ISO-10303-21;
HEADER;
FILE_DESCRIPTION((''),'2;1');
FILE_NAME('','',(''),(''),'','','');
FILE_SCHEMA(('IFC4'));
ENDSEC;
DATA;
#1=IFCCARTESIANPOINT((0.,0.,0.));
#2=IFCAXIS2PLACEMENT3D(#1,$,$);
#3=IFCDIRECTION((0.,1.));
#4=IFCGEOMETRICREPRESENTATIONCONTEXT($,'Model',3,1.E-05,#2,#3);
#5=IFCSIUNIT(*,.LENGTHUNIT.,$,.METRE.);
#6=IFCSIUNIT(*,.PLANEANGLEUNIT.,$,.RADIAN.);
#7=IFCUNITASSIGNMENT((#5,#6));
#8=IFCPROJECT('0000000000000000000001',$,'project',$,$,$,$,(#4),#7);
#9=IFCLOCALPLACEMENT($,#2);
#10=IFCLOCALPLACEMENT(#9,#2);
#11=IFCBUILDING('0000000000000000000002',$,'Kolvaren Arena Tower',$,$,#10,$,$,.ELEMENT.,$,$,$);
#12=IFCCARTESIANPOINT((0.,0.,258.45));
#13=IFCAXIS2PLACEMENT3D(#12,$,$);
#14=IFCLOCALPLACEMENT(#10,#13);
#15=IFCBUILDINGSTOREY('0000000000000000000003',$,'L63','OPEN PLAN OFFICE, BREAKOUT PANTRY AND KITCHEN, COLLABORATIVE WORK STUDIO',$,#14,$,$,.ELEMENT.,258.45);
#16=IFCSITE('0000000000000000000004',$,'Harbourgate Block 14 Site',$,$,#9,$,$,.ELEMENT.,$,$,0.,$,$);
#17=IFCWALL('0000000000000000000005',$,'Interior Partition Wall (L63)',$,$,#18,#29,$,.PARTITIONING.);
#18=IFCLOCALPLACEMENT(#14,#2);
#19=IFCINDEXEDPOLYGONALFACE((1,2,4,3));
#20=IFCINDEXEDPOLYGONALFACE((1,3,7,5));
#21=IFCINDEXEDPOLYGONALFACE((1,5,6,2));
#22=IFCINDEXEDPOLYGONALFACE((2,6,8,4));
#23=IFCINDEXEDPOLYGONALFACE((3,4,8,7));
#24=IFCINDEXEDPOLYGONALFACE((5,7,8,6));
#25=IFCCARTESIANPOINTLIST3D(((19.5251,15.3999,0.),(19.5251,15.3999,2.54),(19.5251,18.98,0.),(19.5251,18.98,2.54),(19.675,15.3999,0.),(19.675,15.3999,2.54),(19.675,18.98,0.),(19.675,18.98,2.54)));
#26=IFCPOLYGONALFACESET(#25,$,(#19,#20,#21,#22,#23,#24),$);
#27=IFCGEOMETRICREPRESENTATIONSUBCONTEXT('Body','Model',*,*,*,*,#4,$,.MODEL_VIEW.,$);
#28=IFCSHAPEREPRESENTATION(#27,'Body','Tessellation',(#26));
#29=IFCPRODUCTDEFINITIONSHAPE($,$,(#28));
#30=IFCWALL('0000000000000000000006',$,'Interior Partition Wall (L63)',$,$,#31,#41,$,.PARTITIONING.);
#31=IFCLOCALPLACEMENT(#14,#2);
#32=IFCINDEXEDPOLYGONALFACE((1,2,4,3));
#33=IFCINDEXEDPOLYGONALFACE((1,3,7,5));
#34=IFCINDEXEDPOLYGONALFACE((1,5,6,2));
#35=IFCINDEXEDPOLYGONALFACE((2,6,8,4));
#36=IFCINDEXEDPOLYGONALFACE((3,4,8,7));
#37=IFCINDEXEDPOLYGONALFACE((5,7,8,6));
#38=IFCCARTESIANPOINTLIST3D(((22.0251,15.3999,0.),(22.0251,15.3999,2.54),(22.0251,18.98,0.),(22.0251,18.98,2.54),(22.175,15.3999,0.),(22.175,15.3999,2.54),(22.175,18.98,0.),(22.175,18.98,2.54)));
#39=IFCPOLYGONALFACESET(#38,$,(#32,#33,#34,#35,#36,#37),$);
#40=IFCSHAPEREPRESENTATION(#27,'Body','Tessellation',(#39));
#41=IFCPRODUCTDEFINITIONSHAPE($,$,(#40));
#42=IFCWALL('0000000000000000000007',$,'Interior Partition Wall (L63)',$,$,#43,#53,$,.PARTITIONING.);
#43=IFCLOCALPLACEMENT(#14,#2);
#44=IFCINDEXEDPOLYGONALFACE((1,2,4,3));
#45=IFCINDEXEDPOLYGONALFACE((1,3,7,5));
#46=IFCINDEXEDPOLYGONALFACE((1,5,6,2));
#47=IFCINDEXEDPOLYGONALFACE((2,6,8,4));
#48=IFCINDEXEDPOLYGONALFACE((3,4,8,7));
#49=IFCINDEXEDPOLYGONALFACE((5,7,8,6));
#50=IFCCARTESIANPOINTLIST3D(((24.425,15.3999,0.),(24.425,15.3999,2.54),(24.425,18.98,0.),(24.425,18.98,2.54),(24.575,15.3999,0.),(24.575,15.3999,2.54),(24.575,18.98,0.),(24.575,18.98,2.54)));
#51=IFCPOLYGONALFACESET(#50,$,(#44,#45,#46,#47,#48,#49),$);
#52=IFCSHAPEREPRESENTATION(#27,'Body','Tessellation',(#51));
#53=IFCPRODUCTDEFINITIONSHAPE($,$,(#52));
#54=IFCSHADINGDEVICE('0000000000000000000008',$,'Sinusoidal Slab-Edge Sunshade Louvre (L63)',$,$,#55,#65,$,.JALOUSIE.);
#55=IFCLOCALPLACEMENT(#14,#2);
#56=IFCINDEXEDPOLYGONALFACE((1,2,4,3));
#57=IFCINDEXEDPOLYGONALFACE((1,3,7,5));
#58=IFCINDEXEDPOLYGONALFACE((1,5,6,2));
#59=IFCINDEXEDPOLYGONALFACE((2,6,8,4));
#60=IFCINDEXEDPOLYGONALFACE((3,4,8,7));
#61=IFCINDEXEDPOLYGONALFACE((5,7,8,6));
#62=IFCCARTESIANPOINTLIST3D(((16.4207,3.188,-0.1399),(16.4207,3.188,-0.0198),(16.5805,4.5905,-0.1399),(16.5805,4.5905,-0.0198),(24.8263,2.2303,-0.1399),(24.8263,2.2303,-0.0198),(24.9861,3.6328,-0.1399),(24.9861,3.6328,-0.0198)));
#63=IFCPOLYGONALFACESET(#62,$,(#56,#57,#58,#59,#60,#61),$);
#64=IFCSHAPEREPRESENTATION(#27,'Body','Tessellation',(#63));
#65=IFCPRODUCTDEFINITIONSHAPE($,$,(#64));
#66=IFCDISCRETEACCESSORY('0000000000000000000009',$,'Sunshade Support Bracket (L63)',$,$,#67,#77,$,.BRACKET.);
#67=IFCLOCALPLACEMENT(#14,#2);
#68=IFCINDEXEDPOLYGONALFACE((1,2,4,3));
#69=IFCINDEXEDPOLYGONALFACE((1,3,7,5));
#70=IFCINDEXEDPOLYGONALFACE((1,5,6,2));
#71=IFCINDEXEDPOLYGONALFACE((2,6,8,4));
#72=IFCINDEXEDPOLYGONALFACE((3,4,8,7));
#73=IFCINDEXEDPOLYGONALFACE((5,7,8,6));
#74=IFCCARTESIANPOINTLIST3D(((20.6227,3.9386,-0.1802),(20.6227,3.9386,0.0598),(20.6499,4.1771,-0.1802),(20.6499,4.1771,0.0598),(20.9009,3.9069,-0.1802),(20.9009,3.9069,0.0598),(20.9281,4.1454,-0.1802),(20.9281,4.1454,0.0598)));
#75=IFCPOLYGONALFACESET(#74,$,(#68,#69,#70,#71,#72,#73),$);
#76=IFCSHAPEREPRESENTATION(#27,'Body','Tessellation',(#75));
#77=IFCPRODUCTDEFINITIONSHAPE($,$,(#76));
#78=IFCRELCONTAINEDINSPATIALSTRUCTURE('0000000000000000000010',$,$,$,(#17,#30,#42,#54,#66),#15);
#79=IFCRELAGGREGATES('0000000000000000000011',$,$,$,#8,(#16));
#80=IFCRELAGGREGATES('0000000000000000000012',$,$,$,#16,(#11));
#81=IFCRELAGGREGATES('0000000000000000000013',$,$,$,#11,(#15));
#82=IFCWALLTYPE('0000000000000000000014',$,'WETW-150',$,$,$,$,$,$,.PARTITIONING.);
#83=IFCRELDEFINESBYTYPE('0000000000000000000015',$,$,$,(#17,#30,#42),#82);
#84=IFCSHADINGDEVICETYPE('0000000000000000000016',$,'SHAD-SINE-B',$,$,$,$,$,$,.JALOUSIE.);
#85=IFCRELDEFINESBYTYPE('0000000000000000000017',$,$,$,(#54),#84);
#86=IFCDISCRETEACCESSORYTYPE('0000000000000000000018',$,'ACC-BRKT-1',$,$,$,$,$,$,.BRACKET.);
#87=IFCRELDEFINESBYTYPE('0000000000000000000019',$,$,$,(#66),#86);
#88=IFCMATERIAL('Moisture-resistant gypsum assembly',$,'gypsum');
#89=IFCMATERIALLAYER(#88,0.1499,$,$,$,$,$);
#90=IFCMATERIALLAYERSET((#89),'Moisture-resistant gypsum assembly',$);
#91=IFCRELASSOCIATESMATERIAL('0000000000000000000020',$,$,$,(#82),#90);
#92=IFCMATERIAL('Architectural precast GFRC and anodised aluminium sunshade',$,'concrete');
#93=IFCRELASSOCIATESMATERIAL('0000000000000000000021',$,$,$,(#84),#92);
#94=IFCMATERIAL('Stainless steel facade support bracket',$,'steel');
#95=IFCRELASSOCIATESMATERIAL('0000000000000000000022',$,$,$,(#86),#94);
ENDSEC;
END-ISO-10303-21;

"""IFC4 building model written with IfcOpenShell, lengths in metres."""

from ifc_helpers import new_model, si_unit, direction, frame, frame_2d, origin, origin_2d, place, context, subcontext, project, spatial, rectangle, extrude, material, layer, layer_set, type_object, element, save


model = new_model("IFC4")

# Units and contexts
model_context = context("Model", 3, precision=1e-05, world=origin(), true_north=direction((0.0, 1.0)))
body_context = subcontext(model_context, "Body", "Model", "MODEL_VIEW")
ifc_project = project(units=[si_unit("LENGTHUNIT", "METRE"), si_unit("PLANEANGLEUNIT", "RADIAN")], contexts=[model_context])

# Site, building, storey
site_placement = place(None, origin())
site = spatial("IfcSite", under=ifc_project, at=site_placement, Name="Harbourgate Block 14 Site", CompositionType="ELEMENT", RefElevation=0.0)
building_placement = place(site_placement, origin())
building = spatial("IfcBuilding", under=site, at=building_placement, Name="Kolvaren Arena Tower", CompositionType="ELEMENT")
storey_placement = place(building_placement, frame((0.0, 0.0, 258.45)))
storey = spatial("IfcBuildingStorey", under=building, at=storey_placement, Name="L63", Description="OPEN PLAN OFFICE, BREAKOUT PANTRY AND KITCHEN, COLLABORATIVE WORK STUDIO", CompositionType="ELEMENT", Elevation=258.45)

# Walls
ifc_material_1 = material(Name="Moisture-resistant gypsum assembly", Category="gypsum")
ifc_layer_1 = layer(ifc_material_1, 0.1499)
ifc_layer_set_1 = layer_set([ifc_layer_1], Name="Moisture-resistant gypsum assembly")
wall_type_1 = type_object("IfcWallType", Name="WETW-150", PredefinedType="PARTITIONING", material=ifc_layer_set_1)
for number, where, z_axis, x_axis, name in (
    (1, (19.6001, 15.3999, 0.0), (0.0, 0.0, 1.0), (0.0, 1.0, 0.0), "Interior Partition Wall (L63)"),
    (2, (22.1001, 15.3999, 0.0), (0.0, 0.0, 1.0), (0.0, 1.0, 0.0), "Interior Partition Wall (L63)"),
    (3, (24.5, 15.3999, 0.0), (0.0, 0.0, 1.0), (0.0, 1.0, 0.0), "Interior Partition Wall (L63)"),
):
    element("IfcWall", number, at=place(storey_placement, frame(where, z_axis=z_axis, x_axis=x_axis)), inside=storey, type_object=wall_type_1, Name=name, PredefinedType="PARTITIONING", context=body_context, shape_type="SweptSolid", body=[
        extrude(rectangle(XDim=3.5801, YDim=0.1499, at=frame_2d((1.79, 0.0))), origin(), (0.0, 0.0, 1.0), 2.54),
    ])

# Shading device
ifc_material_2 = material(Name="Architectural precast GFRC and anodised aluminium sunshade", Category="concrete")
shading_device_type = type_object("IfcShadingDeviceType", Name="SHAD-SINE-B", PredefinedType="JALOUSIE", material=ifc_material_2)
shading_device_placement = place(storey_placement, frame((20.7034, 3.4104, -0.1399), z_axis=(0.0, 0.0, 1.0), x_axis=(-0.993572, 0.113205, 0.0)))
element("IfcShadingDevice", 4, at=shading_device_placement, inside=storey, type_object=shading_device_type, Name="Sinusoidal Slab-Edge Sunshade Louvre (L63)", PredefinedType="JALOUSIE", context=body_context, shape_type="SweptSolid", body=[
    extrude(rectangle(XDim=8.46, YDim=1.4116, at=origin_2d()), origin(), (0.0, 0.0, 1.0), 0.1201),
])

# Discrete accessory
ifc_material_3 = material(Name="Stainless steel facade support bracket", Category="steel")
discrete_accessory_type = type_object("IfcDiscreteAccessoryType", Name="ACC-BRKT-1", PredefinedType="BRACKET", material=ifc_material_3)
discrete_accessory_placement = place(storey_placement, frame((20.7754, 4.042, -0.1802), z_axis=(0.0, 0.0, 1.0), x_axis=(-0.993572, 0.113205, 0.0)))
element("IfcDiscreteAccessory", 5, at=discrete_accessory_placement, inside=storey, type_object=discrete_accessory_type, Name="Sunshade Support Bracket (L63)", PredefinedType="BRACKET", context=body_context, shape_type="SweptSolid", body=[
    extrude(rectangle(XDim=0.28, YDim=0.24, at=origin_2d()), origin(), (0.0, 0.0, 1.0), 0.24),
])

save(model, "model.ifc")
